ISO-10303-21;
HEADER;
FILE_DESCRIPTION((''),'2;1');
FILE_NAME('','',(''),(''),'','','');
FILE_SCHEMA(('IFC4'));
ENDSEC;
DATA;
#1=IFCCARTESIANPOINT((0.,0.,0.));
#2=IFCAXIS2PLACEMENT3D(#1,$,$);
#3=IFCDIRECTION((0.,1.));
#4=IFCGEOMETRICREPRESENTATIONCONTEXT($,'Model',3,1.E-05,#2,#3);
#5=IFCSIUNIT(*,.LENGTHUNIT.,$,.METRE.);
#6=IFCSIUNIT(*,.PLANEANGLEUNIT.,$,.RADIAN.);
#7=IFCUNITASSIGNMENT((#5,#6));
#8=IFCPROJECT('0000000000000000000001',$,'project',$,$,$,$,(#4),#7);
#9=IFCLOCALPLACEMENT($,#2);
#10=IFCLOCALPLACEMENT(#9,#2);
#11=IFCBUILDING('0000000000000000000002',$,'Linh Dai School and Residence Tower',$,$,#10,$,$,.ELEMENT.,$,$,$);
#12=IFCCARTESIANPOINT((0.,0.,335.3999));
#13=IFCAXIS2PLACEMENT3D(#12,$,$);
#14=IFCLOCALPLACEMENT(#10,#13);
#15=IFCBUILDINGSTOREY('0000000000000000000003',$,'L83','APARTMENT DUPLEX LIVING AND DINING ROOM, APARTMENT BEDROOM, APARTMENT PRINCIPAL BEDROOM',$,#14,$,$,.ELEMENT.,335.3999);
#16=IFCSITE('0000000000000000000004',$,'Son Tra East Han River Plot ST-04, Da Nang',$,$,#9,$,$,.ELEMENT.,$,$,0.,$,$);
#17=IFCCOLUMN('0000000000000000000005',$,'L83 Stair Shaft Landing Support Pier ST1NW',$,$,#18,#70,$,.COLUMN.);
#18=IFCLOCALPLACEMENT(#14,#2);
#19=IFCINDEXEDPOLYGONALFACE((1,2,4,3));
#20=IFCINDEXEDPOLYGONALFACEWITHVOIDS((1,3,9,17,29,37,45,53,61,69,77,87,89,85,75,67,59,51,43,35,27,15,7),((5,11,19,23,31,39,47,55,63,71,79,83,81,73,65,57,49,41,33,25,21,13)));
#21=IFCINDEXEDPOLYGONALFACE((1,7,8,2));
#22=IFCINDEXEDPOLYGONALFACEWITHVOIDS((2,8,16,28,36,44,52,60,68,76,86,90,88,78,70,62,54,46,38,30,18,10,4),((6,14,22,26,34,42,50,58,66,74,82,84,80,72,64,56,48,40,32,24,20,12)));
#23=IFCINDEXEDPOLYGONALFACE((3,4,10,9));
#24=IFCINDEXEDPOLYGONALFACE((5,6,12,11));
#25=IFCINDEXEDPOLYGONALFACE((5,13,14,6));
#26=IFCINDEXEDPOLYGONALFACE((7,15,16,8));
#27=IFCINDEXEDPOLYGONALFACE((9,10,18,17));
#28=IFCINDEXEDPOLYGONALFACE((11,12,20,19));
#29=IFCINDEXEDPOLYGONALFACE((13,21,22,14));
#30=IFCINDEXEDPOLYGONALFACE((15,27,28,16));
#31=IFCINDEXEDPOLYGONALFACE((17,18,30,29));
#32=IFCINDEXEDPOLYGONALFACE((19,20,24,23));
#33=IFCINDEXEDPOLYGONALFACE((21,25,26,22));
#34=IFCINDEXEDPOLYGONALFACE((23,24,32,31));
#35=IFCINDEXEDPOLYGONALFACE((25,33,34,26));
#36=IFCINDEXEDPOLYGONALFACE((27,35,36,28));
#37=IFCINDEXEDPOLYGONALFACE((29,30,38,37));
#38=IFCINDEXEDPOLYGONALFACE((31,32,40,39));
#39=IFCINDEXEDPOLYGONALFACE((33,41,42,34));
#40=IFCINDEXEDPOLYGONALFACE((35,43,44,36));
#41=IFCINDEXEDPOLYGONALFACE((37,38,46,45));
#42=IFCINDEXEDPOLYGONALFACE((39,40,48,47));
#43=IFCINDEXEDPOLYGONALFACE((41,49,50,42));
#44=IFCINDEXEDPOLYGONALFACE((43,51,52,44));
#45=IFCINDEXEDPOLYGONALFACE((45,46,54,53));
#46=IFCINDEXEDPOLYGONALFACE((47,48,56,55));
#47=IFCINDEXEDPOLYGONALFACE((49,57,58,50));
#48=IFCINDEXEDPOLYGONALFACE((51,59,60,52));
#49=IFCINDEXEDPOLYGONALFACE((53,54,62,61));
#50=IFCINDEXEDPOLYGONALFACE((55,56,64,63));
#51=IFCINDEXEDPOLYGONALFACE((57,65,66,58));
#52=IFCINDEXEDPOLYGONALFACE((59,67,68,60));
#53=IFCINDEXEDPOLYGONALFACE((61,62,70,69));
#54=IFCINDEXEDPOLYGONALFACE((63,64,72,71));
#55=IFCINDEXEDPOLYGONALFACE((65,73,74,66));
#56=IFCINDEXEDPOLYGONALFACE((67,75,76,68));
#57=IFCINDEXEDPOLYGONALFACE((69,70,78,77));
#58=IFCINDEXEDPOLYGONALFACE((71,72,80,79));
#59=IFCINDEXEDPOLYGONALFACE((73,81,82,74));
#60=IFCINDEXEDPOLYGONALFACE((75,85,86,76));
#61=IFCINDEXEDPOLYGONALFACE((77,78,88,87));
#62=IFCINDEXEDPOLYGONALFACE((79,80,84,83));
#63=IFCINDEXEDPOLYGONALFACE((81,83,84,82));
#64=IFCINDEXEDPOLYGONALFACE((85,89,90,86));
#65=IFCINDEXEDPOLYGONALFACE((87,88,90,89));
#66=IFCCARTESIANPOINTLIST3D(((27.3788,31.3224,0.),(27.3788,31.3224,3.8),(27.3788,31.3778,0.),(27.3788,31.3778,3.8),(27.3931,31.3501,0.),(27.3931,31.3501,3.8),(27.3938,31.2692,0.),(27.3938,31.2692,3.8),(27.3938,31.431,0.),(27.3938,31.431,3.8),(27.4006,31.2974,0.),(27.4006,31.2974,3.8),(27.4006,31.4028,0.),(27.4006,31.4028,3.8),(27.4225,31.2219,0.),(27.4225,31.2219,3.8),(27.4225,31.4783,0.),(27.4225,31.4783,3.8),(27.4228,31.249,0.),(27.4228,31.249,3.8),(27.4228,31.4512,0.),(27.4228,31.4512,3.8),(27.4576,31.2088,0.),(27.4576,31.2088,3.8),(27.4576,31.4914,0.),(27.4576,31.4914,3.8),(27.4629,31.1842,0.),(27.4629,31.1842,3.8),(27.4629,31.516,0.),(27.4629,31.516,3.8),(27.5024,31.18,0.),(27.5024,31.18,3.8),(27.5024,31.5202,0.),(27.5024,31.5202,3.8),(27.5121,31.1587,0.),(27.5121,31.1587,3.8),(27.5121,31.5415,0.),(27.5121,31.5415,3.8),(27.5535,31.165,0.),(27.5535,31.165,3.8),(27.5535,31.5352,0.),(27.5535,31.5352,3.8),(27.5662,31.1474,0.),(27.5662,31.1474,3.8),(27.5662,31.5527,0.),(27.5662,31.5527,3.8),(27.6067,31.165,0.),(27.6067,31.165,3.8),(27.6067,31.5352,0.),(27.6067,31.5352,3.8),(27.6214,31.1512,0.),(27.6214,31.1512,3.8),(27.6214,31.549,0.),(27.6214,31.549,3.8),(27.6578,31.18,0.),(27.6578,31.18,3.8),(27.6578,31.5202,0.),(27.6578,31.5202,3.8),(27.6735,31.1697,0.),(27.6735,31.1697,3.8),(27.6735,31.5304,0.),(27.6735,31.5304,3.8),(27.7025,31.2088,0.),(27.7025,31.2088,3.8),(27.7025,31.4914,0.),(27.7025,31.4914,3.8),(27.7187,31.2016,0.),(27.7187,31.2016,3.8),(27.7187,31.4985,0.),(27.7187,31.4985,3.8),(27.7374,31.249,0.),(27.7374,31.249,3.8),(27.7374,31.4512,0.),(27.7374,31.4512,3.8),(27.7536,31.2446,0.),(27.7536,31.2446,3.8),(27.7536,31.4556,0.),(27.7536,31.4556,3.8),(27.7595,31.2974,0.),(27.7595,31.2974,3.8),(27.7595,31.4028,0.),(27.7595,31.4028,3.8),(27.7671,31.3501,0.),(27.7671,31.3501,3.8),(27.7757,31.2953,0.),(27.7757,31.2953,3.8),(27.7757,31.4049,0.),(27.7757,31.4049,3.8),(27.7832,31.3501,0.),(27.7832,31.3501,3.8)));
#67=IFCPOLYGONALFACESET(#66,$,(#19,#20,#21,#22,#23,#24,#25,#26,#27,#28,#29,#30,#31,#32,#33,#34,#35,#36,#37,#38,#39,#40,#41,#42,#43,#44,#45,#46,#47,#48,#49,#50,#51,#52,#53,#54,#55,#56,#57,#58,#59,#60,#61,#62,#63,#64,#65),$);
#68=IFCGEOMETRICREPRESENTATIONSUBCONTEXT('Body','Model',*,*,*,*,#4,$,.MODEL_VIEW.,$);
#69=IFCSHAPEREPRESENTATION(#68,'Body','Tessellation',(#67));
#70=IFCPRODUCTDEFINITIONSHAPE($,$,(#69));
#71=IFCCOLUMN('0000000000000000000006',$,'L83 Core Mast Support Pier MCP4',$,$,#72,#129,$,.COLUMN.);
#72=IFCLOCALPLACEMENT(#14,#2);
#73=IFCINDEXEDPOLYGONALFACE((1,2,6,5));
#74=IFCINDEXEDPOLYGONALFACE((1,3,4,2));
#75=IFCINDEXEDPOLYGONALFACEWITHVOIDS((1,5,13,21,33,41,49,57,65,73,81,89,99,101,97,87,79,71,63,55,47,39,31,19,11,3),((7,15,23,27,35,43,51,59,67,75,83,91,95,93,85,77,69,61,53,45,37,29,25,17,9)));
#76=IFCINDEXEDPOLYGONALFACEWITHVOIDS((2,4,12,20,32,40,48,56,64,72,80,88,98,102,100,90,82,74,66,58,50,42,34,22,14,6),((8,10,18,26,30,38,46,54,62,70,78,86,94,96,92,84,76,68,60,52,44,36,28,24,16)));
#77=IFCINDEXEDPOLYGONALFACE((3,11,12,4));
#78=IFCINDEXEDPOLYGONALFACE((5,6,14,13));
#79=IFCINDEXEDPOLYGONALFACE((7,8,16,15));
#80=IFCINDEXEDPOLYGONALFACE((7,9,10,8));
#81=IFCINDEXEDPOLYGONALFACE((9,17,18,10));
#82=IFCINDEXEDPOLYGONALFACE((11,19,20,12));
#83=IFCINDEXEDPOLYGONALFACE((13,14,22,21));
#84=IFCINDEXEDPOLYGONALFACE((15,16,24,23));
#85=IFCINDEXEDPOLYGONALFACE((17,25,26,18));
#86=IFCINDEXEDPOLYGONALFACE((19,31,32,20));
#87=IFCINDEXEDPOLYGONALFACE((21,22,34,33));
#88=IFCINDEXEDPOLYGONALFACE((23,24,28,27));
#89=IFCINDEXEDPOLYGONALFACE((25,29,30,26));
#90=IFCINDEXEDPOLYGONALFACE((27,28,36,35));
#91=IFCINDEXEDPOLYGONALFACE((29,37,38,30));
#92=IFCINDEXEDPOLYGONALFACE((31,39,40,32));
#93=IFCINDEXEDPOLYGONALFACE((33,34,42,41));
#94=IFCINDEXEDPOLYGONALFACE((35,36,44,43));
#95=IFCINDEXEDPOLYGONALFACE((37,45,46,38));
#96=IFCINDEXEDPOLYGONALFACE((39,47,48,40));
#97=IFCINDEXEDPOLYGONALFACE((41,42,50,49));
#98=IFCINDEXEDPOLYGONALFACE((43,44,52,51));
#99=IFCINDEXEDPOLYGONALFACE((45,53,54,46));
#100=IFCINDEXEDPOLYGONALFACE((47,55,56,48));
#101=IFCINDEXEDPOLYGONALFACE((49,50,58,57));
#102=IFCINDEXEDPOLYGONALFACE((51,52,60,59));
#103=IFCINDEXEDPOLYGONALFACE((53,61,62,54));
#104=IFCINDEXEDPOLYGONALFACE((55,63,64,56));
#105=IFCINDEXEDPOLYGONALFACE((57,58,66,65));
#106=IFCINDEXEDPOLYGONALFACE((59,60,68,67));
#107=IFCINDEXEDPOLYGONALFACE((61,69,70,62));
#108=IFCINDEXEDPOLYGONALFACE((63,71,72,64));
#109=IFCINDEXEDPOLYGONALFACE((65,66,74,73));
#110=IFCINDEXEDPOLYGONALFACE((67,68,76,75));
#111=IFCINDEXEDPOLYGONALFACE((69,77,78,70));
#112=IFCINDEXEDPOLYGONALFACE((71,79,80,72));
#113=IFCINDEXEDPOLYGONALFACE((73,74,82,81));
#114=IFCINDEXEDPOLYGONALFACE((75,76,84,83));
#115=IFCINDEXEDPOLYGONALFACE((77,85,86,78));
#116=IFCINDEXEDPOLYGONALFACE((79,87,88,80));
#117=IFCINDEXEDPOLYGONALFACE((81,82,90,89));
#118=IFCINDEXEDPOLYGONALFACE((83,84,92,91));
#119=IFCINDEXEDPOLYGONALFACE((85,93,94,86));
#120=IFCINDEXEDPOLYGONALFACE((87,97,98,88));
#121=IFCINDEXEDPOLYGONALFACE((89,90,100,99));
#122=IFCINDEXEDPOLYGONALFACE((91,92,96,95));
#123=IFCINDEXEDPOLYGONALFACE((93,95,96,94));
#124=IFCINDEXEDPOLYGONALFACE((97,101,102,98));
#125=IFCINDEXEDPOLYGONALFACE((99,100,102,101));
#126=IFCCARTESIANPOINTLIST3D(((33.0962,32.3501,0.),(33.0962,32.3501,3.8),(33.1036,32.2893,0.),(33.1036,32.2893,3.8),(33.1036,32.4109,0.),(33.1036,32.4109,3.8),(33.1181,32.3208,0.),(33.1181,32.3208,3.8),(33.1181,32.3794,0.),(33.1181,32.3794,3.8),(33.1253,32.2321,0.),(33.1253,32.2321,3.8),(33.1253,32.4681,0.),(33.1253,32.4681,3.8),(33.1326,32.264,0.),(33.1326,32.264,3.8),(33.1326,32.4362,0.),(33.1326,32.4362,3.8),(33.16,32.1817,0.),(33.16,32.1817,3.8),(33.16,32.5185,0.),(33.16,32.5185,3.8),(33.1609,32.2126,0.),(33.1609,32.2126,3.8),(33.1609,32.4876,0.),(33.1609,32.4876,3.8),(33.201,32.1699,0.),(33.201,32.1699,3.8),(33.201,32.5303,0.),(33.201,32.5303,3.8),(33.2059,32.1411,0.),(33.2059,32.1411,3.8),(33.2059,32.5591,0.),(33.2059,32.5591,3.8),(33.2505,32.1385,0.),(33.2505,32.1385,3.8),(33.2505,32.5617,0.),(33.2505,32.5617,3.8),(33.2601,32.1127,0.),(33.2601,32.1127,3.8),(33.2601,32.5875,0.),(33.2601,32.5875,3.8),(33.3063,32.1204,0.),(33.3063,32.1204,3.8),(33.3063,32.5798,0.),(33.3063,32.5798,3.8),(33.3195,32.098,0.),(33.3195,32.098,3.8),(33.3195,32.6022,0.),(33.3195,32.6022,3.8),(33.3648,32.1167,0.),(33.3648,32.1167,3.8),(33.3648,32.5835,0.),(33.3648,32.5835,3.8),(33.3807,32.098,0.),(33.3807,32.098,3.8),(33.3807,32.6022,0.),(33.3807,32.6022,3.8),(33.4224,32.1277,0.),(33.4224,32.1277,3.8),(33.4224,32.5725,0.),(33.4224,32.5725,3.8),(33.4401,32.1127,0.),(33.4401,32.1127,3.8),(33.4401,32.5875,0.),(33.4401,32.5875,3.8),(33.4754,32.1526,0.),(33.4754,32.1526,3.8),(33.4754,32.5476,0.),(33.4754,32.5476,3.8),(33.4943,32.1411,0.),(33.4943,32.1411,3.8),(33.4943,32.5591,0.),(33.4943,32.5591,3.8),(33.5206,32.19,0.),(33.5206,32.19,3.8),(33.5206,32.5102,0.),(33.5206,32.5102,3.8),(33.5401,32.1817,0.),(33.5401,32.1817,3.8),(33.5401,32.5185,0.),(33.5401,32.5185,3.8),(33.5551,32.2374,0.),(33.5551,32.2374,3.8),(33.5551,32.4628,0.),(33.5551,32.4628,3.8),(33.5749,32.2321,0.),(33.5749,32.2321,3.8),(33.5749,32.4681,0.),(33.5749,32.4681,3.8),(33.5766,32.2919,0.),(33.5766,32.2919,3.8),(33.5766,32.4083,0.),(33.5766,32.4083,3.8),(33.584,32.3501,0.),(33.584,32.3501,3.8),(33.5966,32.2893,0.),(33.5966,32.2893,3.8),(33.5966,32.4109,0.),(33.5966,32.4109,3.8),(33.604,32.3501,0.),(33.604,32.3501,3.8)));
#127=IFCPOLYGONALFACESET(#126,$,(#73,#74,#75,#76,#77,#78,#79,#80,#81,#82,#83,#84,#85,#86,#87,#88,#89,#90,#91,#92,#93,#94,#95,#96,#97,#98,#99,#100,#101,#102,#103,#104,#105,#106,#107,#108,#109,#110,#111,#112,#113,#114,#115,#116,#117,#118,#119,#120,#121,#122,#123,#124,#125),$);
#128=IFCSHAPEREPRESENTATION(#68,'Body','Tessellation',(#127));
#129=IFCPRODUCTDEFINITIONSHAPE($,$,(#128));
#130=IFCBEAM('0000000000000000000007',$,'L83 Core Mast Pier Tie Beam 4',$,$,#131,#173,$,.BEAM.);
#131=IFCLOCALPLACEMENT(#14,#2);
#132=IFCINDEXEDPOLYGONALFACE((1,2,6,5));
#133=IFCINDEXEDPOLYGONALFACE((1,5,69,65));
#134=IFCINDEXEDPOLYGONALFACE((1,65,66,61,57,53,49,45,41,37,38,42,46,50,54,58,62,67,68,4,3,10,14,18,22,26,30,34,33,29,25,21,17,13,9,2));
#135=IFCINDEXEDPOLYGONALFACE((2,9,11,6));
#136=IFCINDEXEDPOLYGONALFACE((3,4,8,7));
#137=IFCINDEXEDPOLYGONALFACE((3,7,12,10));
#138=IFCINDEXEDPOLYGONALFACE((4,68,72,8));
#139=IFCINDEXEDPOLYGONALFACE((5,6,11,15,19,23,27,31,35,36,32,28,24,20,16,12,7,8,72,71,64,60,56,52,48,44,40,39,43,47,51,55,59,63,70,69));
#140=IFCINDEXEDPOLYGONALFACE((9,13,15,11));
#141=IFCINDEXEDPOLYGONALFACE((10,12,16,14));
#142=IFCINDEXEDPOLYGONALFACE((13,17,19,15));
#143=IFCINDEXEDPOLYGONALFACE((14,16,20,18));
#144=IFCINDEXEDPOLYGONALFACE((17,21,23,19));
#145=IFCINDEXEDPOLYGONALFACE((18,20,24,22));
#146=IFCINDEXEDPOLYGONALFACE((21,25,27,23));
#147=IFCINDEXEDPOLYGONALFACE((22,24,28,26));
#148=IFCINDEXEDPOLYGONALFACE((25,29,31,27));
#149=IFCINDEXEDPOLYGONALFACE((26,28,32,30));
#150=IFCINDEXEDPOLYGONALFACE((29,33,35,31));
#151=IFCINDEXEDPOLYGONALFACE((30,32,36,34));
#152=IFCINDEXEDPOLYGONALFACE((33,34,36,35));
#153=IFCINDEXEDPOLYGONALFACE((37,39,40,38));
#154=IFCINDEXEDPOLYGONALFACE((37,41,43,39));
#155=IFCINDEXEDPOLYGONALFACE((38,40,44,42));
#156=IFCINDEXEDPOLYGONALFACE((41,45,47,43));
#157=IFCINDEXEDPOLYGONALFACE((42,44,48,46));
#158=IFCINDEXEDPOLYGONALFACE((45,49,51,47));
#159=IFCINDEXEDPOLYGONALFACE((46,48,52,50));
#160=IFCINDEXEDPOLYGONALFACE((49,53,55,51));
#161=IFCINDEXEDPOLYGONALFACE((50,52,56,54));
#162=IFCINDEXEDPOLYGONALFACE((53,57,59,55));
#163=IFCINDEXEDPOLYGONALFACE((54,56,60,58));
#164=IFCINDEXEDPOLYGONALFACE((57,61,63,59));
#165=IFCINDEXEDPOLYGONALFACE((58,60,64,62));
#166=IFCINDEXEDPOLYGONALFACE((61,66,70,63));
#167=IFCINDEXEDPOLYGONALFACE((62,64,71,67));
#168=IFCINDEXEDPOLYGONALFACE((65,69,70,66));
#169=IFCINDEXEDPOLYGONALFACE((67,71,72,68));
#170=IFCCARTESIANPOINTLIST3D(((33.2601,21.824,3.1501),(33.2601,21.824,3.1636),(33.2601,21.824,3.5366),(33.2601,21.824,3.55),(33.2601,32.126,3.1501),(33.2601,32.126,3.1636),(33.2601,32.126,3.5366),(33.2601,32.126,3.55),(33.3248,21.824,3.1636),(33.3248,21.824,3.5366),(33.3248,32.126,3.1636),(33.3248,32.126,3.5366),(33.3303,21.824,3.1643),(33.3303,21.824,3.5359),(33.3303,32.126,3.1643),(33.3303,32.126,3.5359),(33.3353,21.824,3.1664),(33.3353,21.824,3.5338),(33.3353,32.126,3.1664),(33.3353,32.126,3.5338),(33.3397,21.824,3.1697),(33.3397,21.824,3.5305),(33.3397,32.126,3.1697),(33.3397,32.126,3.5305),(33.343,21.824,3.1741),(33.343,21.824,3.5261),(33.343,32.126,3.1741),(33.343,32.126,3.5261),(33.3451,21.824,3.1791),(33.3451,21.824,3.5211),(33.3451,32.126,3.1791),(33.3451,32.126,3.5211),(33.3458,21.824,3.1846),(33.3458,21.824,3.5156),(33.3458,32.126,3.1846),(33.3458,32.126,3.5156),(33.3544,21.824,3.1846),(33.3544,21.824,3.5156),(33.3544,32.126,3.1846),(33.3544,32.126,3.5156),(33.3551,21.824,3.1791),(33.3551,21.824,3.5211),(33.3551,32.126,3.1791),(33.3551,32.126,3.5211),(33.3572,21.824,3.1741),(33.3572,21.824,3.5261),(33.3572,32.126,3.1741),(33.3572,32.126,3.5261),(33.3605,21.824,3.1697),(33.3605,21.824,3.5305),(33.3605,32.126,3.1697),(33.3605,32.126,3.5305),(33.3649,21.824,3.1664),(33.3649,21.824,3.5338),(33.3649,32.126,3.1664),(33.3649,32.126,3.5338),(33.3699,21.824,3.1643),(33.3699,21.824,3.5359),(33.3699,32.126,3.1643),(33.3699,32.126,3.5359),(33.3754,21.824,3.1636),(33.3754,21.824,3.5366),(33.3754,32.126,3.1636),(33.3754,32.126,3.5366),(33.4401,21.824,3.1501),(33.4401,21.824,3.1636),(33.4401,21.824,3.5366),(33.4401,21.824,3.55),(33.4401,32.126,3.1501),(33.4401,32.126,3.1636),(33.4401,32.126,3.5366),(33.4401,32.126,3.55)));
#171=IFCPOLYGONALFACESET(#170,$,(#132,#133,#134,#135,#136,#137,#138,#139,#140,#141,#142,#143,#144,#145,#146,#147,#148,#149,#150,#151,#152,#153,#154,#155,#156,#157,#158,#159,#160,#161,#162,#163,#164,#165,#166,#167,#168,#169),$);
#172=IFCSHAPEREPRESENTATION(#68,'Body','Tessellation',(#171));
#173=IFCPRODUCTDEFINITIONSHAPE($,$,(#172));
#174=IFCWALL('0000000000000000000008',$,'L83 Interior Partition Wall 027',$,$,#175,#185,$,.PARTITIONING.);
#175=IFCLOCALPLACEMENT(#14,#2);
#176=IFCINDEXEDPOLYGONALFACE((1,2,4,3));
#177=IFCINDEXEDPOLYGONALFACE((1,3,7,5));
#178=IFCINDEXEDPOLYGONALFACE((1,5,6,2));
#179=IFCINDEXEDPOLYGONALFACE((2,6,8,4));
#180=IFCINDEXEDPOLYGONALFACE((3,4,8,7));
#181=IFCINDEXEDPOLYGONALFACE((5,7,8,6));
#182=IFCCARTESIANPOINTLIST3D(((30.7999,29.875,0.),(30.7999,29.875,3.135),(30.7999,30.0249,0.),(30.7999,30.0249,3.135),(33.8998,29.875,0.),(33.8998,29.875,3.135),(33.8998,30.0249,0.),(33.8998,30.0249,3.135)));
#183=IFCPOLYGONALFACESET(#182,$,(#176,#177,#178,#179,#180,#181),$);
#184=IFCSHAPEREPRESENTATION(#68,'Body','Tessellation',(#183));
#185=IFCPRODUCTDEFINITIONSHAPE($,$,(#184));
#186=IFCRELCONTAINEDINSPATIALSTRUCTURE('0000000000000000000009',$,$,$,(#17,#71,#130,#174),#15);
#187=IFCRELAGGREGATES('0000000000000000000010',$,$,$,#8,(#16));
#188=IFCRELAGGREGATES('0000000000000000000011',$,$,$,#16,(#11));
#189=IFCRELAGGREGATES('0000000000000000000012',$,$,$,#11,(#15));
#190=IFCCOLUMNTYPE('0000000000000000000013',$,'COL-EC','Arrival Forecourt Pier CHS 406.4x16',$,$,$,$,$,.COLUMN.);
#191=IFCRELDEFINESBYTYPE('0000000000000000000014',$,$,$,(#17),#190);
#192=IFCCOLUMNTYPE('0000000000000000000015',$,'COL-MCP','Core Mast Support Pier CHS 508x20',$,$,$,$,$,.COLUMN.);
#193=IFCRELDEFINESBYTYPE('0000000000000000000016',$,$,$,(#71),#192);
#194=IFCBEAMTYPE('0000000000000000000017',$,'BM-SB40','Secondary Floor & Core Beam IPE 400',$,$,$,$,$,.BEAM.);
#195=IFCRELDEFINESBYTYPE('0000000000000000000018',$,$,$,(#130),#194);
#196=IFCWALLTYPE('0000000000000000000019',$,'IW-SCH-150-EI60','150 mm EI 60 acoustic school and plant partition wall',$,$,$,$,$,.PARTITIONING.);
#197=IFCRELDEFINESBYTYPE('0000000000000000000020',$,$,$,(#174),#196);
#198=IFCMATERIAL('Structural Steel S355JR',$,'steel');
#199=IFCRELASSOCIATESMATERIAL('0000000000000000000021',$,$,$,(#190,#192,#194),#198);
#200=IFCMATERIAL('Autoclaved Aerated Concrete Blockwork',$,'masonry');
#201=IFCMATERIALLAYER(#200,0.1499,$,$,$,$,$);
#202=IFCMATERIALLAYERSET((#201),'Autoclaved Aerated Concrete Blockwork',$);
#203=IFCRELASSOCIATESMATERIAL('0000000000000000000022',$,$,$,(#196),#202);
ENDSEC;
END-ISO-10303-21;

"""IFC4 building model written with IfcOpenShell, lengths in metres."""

from ifc_helpers import new_model, si_unit, direction, frame, frame_2d, origin, origin_2d, place, context, subcontext, project, spatial, rectangle, hollow_circle, i_section, extrude, material, layer, layer_set, material_profile, profile_set, type_object, element, save


model = new_model("IFC4")

# Units and contexts
model_context = context("Model", 3, precision=1e-05, world=origin(), true_north=direction((0.0, 1.0)))
body_context = subcontext(model_context, "Body", "Model", "MODEL_VIEW")
ifc_project = project(units=[si_unit("LENGTHUNIT", "METRE"), si_unit("PLANEANGLEUNIT", "RADIAN")], contexts=[model_context])

# Site, building, storey
site_placement = place(None, origin())
site = spatial("IfcSite", under=ifc_project, at=site_placement, Name="Son Tra East Han River Plot ST-04, Da Nang", CompositionType="ELEMENT", RefElevation=0.0)
building_placement = place(site_placement, origin())
building = spatial("IfcBuilding", under=site, at=building_placement, Name="Linh Dai School and Residence Tower", CompositionType="ELEMENT")
storey_placement = place(building_placement, frame((0.0, 0.0, 335.3999)))
storey = spatial("IfcBuildingStorey", under=building, at=storey_placement, Name="L83", Description="APARTMENT DUPLEX LIVING AND DINING ROOM, APARTMENT BEDROOM, APARTMENT PRINCIPAL BEDROOM", CompositionType="ELEMENT", Elevation=335.3999)

# Columns
ifc_material_1 = material(Name="Structural Steel S355JR", Category="steel")
ifc_material_profile_1 = material_profile(ifc_material_1, hollow_circle(Radius=0.2031, WallThickness=0.0161, at=origin_2d()), Name="CHS 406.4x16")
ifc_profile_set_1 = profile_set([ifc_material_profile_1], Name="Structural Steel S355JR")
column_type_1 = type_object("IfcColumnType", Name="COL-EC", Description="Arrival Forecourt Pier CHS 406.4x16", PredefinedType="COLUMN", material=ifc_profile_set_1)
column_1_placement = place(storey_placement, frame((27.5801, 31.3501, 0.0), z_axis=(0.0, 0.0, 1.0), x_axis=(1.0, 0.0, 0.0)))
element("IfcColumn", 1, at=column_1_placement, inside=storey, type_object=column_type_1, Name="L83 Stair Shaft Landing Support Pier ST1NW", PredefinedType="COLUMN", context=body_context, shape_type="SweptSolid", body=[
    extrude(hollow_circle(Radius=0.2031, WallThickness=0.0161, at=origin_2d()), origin(), (0.0, 0.0, 1.0), 3.8),
])
ifc_material_profile_2 = material_profile(ifc_material_1, hollow_circle(Radius=0.2539, WallThickness=0.02, at=origin_2d()), Name="CHS 508x20")
ifc_profile_set_2 = profile_set([ifc_material_profile_2], Name="Structural Steel S355JR")
column_type_2 = type_object("IfcColumnType", Name="COL-MCP", Description="Core Mast Support Pier CHS 508x20", PredefinedType="COLUMN", material=ifc_profile_set_2)
column_2_placement = place(storey_placement, frame((33.3501, 32.3501, 0.0), z_axis=(0.0, 0.0, 1.0), x_axis=(1.0, 0.0, 0.0)))
element("IfcColumn", 2, at=column_2_placement, inside=storey, type_object=column_type_2, Name="L83 Core Mast Support Pier MCP4", PredefinedType="COLUMN", context=body_context, shape_type="SweptSolid", body=[
    extrude(hollow_circle(Radius=0.2539, WallThickness=0.02, at=origin_2d()), origin(), (0.0, 0.0, 1.0), 3.8),
])

# Beam
ifc_material_profile_3 = material_profile(ifc_material_1, i_section(OverallWidth=0.1799, OverallDepth=0.3999, WebThickness=0.0085, FlangeThickness=0.0134, FilletRadius=0.021, at=origin_2d()), Name="IPE 400")
ifc_profile_set_3 = profile_set([ifc_material_profile_3], Name="Structural Steel S355JR")
beam_type = type_object("IfcBeamType", Name="BM-SB40", Description="Secondary Floor & Core Beam IPE 400", PredefinedType="BEAM", material=ifc_profile_set_3)
beam_placement = place(storey_placement, frame((33.3501, 32.126, 3.3501), z_axis=(0.0, -1.0, 0.0), x_axis=(1.0, 0.0, 0.0)))
element("IfcBeam", 3, at=beam_placement, inside=storey, type_object=beam_type, Name="L83 Core Mast Pier Tie Beam 4", PredefinedType="BEAM", context=body_context, shape_type="SweptSolid", body=[
    extrude(i_section(OverallWidth=0.1799, OverallDepth=0.3999, WebThickness=0.0085, FlangeThickness=0.0134, FilletRadius=0.021, at=origin_2d()), origin(), (0.0, 0.0, 1.0), 10.302),
])

# Shared definitions
ifc_material_2 = material(Name="Autoclaved Aerated Concrete Blockwork", Category="masonry")

# Wall
ifc_layer_1 = layer(ifc_material_2, 0.1499)
ifc_layer_set_1 = layer_set([ifc_layer_1], Name="Autoclaved Aerated Concrete Blockwork")
wall_type_1 = type_object("IfcWallType", Name="IW-SCH-150-EI60", Description="150 mm EI 60 acoustic school and plant partition wall", PredefinedType="PARTITIONING", material=ifc_layer_set_1)
wall_1_placement = place(storey_placement, frame((30.8, 29.95, 0.0), z_axis=(0.0, 0.0, 1.0), x_axis=(1.0, 0.0, 0.0)))
element("IfcWall", 4, at=wall_1_placement, inside=storey, type_object=wall_type_1, Name="L83 Interior Partition Wall 027", PredefinedType="PARTITIONING", context=body_context, shape_type="SweptSolid", body=[
    extrude(rectangle(XDim=3.0999, YDim=0.1499, at=frame_2d((1.5498, 0.0))), origin(), (0.0, 0.0, 1.0), 3.135),
])

save(model, "model.ifc")
